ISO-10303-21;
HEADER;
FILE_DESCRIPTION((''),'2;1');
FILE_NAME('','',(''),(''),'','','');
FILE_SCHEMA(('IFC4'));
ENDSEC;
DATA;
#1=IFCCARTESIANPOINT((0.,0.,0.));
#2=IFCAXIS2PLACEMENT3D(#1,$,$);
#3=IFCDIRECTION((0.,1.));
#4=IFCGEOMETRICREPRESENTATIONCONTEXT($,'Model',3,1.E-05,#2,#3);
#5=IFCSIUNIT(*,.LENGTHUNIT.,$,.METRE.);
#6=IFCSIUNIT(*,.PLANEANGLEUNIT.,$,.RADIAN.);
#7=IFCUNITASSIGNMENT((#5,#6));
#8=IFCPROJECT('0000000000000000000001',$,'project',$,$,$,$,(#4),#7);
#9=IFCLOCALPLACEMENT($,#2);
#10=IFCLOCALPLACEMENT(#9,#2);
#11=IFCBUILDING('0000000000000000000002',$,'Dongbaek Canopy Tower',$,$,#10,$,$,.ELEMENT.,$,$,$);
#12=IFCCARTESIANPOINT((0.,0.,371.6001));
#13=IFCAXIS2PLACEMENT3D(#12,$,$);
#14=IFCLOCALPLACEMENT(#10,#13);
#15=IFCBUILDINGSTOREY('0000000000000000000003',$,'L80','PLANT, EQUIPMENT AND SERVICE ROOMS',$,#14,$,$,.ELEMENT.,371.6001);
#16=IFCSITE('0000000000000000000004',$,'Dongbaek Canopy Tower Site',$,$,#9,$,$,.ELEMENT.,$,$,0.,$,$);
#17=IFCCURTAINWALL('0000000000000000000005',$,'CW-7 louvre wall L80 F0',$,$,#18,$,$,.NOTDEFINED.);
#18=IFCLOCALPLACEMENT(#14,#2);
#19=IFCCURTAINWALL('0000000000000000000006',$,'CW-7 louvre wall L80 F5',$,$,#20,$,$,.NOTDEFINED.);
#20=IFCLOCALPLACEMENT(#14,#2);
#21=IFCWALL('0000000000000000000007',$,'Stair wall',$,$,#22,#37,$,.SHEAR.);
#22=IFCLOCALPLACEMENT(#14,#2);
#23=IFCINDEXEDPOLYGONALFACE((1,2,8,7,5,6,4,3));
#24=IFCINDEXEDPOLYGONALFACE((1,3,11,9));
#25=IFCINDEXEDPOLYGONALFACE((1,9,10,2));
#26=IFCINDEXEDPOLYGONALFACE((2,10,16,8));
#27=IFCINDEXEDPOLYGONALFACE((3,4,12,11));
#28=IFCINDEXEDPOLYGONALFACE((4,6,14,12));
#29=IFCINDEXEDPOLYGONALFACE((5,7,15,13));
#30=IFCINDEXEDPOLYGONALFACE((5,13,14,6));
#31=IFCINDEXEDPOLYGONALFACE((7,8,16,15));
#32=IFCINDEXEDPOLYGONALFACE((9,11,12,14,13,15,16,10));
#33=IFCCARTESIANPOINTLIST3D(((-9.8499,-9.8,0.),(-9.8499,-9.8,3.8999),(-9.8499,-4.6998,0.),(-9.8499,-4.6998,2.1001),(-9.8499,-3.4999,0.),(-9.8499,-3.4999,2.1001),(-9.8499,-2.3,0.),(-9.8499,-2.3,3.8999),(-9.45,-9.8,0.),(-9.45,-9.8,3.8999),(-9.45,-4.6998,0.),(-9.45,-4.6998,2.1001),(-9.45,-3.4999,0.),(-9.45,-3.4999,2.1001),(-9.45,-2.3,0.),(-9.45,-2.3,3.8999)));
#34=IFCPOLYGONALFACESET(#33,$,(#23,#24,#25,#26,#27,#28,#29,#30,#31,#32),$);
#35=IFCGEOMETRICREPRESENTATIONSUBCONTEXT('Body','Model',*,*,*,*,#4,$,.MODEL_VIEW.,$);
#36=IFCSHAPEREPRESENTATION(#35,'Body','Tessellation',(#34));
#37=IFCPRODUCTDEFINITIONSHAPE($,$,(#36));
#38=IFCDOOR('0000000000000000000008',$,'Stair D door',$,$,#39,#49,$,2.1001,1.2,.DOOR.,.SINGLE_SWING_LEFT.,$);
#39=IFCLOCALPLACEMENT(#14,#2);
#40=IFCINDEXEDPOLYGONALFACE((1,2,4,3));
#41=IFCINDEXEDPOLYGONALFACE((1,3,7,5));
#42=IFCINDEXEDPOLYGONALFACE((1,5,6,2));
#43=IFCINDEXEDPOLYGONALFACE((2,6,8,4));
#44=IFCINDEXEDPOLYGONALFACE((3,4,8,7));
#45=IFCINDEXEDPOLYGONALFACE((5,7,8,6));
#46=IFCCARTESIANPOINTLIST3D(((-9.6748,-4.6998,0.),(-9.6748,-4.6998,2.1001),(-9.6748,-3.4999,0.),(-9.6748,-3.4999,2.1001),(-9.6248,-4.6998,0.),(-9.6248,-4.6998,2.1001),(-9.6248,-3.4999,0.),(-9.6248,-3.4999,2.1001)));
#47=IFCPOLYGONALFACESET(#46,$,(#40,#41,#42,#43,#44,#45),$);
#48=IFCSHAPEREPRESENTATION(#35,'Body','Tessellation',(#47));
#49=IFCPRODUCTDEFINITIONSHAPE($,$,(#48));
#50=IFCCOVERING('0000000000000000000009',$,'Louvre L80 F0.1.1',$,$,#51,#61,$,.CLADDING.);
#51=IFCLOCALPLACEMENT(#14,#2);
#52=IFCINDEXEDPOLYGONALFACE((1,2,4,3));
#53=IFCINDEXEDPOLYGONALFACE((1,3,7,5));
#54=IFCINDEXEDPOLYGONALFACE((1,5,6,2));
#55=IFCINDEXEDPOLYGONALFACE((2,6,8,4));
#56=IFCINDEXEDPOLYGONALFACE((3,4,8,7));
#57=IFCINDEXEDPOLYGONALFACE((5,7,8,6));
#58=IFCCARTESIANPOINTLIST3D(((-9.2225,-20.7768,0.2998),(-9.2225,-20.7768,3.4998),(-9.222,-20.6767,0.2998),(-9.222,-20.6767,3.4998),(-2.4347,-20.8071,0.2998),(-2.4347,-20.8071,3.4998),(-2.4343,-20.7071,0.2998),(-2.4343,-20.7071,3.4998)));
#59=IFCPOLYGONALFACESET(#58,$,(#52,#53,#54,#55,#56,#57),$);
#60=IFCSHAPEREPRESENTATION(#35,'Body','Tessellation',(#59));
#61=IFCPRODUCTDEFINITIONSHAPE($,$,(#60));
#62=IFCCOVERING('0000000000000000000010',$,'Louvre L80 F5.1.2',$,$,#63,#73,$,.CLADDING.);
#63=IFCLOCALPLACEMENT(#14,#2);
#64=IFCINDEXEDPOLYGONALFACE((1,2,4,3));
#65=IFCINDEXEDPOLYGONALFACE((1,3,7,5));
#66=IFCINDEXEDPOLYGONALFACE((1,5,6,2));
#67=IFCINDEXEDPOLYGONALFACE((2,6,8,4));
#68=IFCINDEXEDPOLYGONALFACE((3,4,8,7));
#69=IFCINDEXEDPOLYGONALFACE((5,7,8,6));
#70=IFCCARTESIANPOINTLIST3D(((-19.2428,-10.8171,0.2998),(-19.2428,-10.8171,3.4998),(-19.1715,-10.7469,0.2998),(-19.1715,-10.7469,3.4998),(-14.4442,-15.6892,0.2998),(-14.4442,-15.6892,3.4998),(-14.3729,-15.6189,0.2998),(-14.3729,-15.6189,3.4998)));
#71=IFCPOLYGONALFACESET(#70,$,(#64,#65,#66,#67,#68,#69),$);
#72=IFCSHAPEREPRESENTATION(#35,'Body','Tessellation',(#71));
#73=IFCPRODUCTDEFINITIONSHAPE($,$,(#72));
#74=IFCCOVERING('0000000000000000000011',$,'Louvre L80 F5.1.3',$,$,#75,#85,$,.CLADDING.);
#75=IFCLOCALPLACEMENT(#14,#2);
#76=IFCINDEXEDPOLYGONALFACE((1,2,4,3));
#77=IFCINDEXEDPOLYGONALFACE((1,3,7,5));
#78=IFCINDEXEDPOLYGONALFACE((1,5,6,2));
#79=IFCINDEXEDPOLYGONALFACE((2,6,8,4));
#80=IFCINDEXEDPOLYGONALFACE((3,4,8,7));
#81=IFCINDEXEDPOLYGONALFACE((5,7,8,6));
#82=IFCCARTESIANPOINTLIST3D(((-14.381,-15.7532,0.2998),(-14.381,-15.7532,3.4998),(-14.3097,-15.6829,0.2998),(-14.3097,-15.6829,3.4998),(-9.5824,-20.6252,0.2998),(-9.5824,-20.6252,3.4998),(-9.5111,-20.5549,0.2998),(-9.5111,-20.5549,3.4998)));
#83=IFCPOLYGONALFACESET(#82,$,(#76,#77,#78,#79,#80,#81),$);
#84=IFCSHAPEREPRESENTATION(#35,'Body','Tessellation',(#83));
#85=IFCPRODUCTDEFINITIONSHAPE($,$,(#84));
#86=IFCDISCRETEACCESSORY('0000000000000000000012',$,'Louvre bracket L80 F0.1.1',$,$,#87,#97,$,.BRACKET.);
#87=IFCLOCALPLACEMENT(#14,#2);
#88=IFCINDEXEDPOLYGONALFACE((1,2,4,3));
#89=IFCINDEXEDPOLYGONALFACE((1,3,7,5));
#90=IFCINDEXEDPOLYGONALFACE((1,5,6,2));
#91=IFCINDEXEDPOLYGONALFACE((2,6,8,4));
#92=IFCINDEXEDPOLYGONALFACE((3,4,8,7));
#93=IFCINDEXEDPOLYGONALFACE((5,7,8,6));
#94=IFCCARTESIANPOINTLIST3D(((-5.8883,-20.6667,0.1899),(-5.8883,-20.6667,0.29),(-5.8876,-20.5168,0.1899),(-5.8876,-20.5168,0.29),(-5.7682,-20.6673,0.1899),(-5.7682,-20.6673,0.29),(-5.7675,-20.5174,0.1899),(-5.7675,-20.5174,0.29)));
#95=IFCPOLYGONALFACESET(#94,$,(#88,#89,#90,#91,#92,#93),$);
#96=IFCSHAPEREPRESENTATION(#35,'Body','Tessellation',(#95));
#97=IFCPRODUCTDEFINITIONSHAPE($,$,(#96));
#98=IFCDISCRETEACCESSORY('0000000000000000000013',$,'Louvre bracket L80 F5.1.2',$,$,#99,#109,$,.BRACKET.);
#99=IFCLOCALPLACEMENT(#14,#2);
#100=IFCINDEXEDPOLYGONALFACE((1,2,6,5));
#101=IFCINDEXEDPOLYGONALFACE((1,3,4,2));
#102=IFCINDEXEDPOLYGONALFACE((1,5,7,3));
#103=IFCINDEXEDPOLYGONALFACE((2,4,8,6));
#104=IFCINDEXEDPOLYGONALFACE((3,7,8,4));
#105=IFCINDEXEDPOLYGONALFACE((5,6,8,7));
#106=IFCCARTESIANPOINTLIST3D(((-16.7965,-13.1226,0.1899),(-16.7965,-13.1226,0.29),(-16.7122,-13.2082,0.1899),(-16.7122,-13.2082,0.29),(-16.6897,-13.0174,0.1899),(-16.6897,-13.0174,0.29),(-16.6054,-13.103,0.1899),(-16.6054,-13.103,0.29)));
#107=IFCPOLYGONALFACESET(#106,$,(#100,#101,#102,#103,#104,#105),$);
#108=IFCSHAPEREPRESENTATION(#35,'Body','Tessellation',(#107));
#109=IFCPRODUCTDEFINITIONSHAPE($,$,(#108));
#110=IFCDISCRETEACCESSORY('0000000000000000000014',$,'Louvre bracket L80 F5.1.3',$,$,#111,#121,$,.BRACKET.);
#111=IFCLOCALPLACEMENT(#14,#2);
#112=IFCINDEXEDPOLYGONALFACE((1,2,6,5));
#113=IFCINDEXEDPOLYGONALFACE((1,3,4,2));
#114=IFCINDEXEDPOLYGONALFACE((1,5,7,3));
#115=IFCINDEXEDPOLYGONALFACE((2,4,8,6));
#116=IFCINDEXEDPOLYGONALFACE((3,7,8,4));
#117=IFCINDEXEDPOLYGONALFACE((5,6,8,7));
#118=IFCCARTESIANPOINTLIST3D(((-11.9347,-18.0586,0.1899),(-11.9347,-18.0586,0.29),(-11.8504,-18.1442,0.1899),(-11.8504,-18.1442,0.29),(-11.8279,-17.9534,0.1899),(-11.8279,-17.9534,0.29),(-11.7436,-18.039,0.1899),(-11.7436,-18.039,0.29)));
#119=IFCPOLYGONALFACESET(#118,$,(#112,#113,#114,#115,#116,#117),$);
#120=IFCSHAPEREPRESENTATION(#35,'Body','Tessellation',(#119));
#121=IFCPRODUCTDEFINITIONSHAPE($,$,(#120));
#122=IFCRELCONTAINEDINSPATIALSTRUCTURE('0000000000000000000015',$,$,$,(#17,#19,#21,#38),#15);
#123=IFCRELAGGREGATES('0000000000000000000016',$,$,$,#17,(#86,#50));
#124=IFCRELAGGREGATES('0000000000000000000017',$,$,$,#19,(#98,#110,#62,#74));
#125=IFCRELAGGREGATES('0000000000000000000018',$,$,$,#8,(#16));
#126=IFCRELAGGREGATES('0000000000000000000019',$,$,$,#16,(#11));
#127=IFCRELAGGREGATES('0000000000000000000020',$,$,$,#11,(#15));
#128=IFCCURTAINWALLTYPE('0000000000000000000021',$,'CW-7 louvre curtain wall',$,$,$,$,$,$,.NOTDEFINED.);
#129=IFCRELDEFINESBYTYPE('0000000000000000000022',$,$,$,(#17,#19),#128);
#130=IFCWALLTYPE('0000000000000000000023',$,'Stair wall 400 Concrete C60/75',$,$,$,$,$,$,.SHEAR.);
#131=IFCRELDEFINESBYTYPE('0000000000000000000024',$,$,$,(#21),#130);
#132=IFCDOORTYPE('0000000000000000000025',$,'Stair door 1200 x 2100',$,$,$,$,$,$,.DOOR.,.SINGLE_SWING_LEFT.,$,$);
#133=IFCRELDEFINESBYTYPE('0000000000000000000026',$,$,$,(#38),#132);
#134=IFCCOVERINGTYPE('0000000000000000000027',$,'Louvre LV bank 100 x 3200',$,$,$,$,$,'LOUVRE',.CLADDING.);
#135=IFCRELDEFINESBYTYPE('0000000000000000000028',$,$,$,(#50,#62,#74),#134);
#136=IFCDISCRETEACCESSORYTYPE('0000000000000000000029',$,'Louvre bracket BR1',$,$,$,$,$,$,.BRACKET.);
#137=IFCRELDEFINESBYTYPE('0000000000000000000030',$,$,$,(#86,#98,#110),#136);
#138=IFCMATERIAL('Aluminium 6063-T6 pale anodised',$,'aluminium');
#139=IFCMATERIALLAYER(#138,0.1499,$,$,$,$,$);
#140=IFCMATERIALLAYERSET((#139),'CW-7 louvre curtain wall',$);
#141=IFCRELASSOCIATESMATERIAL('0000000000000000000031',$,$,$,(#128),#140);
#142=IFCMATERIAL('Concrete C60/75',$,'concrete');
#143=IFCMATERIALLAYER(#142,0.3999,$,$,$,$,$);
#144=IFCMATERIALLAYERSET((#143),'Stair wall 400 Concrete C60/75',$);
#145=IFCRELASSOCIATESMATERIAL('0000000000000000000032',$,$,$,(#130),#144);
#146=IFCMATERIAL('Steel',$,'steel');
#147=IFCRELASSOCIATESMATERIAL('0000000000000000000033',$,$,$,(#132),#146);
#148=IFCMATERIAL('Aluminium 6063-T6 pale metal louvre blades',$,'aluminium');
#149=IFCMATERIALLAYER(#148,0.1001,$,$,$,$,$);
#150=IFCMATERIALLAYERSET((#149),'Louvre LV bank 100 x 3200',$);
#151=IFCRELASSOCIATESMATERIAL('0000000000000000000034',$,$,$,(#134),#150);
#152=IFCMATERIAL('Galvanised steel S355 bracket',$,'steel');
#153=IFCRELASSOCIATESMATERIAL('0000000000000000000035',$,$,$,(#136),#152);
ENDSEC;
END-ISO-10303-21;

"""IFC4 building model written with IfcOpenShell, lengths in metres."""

from ifc_helpers import new_model, si_unit, direction, frame, frame_2d, origin, origin_2d, place, context, subcontext, project, spatial, rectangle, extrude, material, layer, layer_set, type_object, element, fill, aggregate, save


model = new_model("IFC4")

# Units and contexts
model_context = context("Model", 3, precision=1e-05, world=origin(), true_north=direction((0.0, 1.0)))
body_context = subcontext(model_context, "Body", "Model", "MODEL_VIEW")
ifc_project = project(units=[si_unit("LENGTHUNIT", "METRE"), si_unit("PLANEANGLEUNIT", "RADIAN")], contexts=[model_context])

# Site, building, storey
site_placement = place(None, origin())
site = spatial("IfcSite", under=ifc_project, at=site_placement, Name="Dongbaek Canopy Tower Site", CompositionType="ELEMENT", RefElevation=0.0)
building_placement = place(site_placement, origin())
building = spatial("IfcBuilding", under=site, at=building_placement, Name="Dongbaek Canopy Tower", CompositionType="ELEMENT")
storey_placement = place(building_placement, frame((0.0, 0.0, 371.6001)))
storey = spatial("IfcBuildingStorey", under=building, at=storey_placement, Name="L80", Description="PLANT, EQUIPMENT AND SERVICE ROOMS", CompositionType="ELEMENT", Elevation=371.6001)

# Curtain walls
ifc_material_1 = material(Name="Aluminium 6063-T6 pale anodised", Category="aluminium")
ifc_layer_1 = layer(ifc_material_1, 0.1499)
ifc_layer_set_1 = layer_set([ifc_layer_1], Name="CW-7 louvre curtain wall")
curtain_wall_type = type_object("IfcCurtainWallType", Name="CW-7 louvre curtain wall", PredefinedType="NOTDEFINED", material=ifc_layer_set_1)
curtain_wall_1_placement = place(storey_placement, origin())
curtain_wall_1 = element("IfcCurtainWall", 1, at=curtain_wall_1_placement, inside=storey, type_object=curtain_wall_type, Name="CW-7 louvre wall L80 F0", PredefinedType="NOTDEFINED")
curtain_wall_2_placement = place(storey_placement, origin())
curtain_wall_2 = element("IfcCurtainWall", 2, at=curtain_wall_2_placement, inside=storey, type_object=curtain_wall_type, Name="CW-7 louvre wall L80 F5", PredefinedType="NOTDEFINED")

# Wall, opening, door
ifc_material_2 = material(Name="Concrete C60/75", Category="concrete")
ifc_layer_2 = layer(ifc_material_2, 0.3999)
ifc_layer_set_2 = layer_set([ifc_layer_2], Name="Stair wall 400 Concrete C60/75")
wall_type_1 = type_object("IfcWallType", Name="Stair wall 400 Concrete C60/75", PredefinedType="SHEAR", material=ifc_layer_set_2)
wall_1_placement = place(storey_placement, frame((-9.6499, -9.8, 0.0), z_axis=(0.0, 0.0, 1.0), x_axis=(0.0, 1.0, 0.0)))
wall_1 = element("IfcWall", 3, at=wall_1_placement, inside=storey, type_object=wall_type_1, Name="Stair wall", PredefinedType="SHEAR", context=body_context, shape_type="SweptSolid", body=[
    extrude(rectangle(XDim=7.5, YDim=0.3999, at=frame_2d((3.75, 0.0))), origin(), (0.0, 0.0, 1.0), 3.8999),
])
opening_1_placement = place(wall_1_placement, frame((5.1001, 0.0, 0.0)))
opening_1 = element("IfcOpeningElement", 4, at=opening_1_placement, cuts=wall_1, PredefinedType="OPENING", context=body_context, shape_type="SweptSolid", body=[
    extrude(rectangle(XDim=1.2, YDim=2.1001, at=frame_2d((0.6001, 1.05))), frame((0.0, 0.21, 0.0), z_axis=(0.0, -1.0, 0.0), x_axis=(1.0, 0.0, 0.0)), (0.0, 0.0, 1.0), 0.4199),
])
ifc_material_3 = material(Name="Steel", Category="steel")
door_type_1 = type_object("IfcDoorType", Name="Stair door 1200 x 2100", OperationType="SINGLE_SWING_LEFT", PredefinedType="DOOR", material=ifc_material_3)
door_1_placement = place(opening_1_placement, origin())
door_1 = element("IfcDoor", 5, at=door_1_placement, inside=storey, type_object=door_type_1, Name="Stair D door", OperationType="SINGLE_SWING_LEFT", OverallHeight=2.1001, OverallWidth=1.2, PredefinedType="DOOR", context=body_context, shape_type="SweptSolid", body=[
    extrude(rectangle(XDim=1.2, YDim=2.1001, at=frame_2d((0.6001, 1.05))), frame((0.0, 0.0249, 0.0), z_axis=(0.0, -1.0, 0.0), x_axis=(1.0, 0.0, 0.0)), (0.0, 0.0, 1.0), 0.05),
])
fill(opening_1, door_1)

# Coverings
ifc_material_4 = material(Name="Aluminium 6063-T6 pale metal louvre blades", Category="aluminium")
ifc_layer_3 = layer(ifc_material_4, 0.1001)
ifc_layer_set_3 = layer_set([ifc_layer_3], Name="Louvre LV bank 100 x 3200")
covering_type = type_object("IfcCoveringType", Name="Louvre LV bank 100 x 3200", ElementType="LOUVRE", PredefinedType="CLADDING", material=ifc_layer_set_3)
covering_1_placement = place(storey_placement, frame((-5.8284, -20.7419, 0.2998), z_axis=(0.0, 0.0, 1.0), x_axis=(0.99999, -0.004466, 0.0)))
covering_1 = element("IfcCovering", 6, at=covering_1_placement, type_object=covering_type, Name="Louvre L80 F0.1.1", PredefinedType="CLADDING", context=body_context, shape_type="SweptSolid", body=[
    extrude(rectangle(XDim=6.7878, YDim=0.1001, at=origin_2d()), origin(), (0.0, 0.0, 1.0), 3.2),
])
covering_2_placement = place(storey_placement, frame((-16.8079, -13.218, 0.2998), z_axis=(0.0, 0.0, 1.0), x_axis=(0.701718, -0.712455, 0.0)))
covering_2 = element("IfcCovering", 7, at=covering_2_placement, type_object=covering_type, Name="Louvre L80 F5.1.2", PredefinedType="CLADDING", context=body_context, shape_type="SweptSolid", body=[
    extrude(rectangle(XDim=6.8384, YDim=0.1001, at=origin_2d()), origin(), (0.0, 0.0, 1.0), 3.2),
])
covering_3_placement = place(storey_placement, frame((-11.946, -18.1541, 0.2998), z_axis=(0.0, 0.0, 1.0), x_axis=(0.701718, -0.712455, 0.0)))
covering_3 = element("IfcCovering", 8, at=covering_3_placement, type_object=covering_type, Name="Louvre L80 F5.1.3", PredefinedType="CLADDING", context=body_context, shape_type="SweptSolid", body=[
    extrude(rectangle(XDim=6.8384, YDim=0.1001, at=origin_2d()), origin(), (0.0, 0.0, 1.0), 3.2),
])

# Discrete accessories
ifc_material_5 = material(Name="Galvanised steel S355 bracket", Category="steel")
discrete_accessory_type = type_object("IfcDiscreteAccessoryType", Name="Louvre bracket BR1", PredefinedType="BRACKET", material=ifc_material_5)
discrete_accessory_1_placement = place(storey_placement, frame((-5.8279, -20.592, 0.1899), z_axis=(0.0, 0.0, 1.0), x_axis=(0.99999, -0.004466, 0.0)))
discrete_accessory_1 = element("IfcDiscreteAccessory", 9, at=discrete_accessory_1_placement, type_object=discrete_accessory_type, Name="Louvre bracket L80 F0.1.1", PredefinedType="BRACKET", context=body_context, shape_type="SweptSolid", body=[
    extrude(rectangle(XDim=0.1201, YDim=0.1499, at=origin_2d()), origin(), (0.0, 0.0, 1.0), 0.1001),
])
aggregate(curtain_wall_1, [discrete_accessory_1, covering_1])
discrete_accessory_2_placement = place(storey_placement, frame((-16.7009, -13.1128, 0.1899), z_axis=(0.0, 0.0, 1.0), x_axis=(0.701718, -0.712455, 0.0)))
discrete_accessory_2 = element("IfcDiscreteAccessory", 10, at=discrete_accessory_2_placement, type_object=discrete_accessory_type, Name="Louvre bracket L80 F5.1.2", PredefinedType="BRACKET", context=body_context, shape_type="SweptSolid", body=[
    extrude(rectangle(XDim=0.1201, YDim=0.1499, at=origin_2d()), origin(), (0.0, 0.0, 1.0), 0.1001),
])
discrete_accessory_3_placement = place(storey_placement, frame((-11.8391, -18.0488, 0.1899), z_axis=(0.0, 0.0, 1.0), x_axis=(0.701718, -0.712455, 0.0)))
discrete_accessory_3 = element("IfcDiscreteAccessory", 11, at=discrete_accessory_3_placement, type_object=discrete_accessory_type, Name="Louvre bracket L80 F5.1.3", PredefinedType="BRACKET", context=body_context, shape_type="SweptSolid", body=[
    extrude(rectangle(XDim=0.1201, YDim=0.1499, at=origin_2d()), origin(), (0.0, 0.0, 1.0), 0.1001),
])
aggregate(curtain_wall_2, [discrete_accessory_2, discrete_accessory_3, covering_2, covering_3])

save(model, "model.ifc")
